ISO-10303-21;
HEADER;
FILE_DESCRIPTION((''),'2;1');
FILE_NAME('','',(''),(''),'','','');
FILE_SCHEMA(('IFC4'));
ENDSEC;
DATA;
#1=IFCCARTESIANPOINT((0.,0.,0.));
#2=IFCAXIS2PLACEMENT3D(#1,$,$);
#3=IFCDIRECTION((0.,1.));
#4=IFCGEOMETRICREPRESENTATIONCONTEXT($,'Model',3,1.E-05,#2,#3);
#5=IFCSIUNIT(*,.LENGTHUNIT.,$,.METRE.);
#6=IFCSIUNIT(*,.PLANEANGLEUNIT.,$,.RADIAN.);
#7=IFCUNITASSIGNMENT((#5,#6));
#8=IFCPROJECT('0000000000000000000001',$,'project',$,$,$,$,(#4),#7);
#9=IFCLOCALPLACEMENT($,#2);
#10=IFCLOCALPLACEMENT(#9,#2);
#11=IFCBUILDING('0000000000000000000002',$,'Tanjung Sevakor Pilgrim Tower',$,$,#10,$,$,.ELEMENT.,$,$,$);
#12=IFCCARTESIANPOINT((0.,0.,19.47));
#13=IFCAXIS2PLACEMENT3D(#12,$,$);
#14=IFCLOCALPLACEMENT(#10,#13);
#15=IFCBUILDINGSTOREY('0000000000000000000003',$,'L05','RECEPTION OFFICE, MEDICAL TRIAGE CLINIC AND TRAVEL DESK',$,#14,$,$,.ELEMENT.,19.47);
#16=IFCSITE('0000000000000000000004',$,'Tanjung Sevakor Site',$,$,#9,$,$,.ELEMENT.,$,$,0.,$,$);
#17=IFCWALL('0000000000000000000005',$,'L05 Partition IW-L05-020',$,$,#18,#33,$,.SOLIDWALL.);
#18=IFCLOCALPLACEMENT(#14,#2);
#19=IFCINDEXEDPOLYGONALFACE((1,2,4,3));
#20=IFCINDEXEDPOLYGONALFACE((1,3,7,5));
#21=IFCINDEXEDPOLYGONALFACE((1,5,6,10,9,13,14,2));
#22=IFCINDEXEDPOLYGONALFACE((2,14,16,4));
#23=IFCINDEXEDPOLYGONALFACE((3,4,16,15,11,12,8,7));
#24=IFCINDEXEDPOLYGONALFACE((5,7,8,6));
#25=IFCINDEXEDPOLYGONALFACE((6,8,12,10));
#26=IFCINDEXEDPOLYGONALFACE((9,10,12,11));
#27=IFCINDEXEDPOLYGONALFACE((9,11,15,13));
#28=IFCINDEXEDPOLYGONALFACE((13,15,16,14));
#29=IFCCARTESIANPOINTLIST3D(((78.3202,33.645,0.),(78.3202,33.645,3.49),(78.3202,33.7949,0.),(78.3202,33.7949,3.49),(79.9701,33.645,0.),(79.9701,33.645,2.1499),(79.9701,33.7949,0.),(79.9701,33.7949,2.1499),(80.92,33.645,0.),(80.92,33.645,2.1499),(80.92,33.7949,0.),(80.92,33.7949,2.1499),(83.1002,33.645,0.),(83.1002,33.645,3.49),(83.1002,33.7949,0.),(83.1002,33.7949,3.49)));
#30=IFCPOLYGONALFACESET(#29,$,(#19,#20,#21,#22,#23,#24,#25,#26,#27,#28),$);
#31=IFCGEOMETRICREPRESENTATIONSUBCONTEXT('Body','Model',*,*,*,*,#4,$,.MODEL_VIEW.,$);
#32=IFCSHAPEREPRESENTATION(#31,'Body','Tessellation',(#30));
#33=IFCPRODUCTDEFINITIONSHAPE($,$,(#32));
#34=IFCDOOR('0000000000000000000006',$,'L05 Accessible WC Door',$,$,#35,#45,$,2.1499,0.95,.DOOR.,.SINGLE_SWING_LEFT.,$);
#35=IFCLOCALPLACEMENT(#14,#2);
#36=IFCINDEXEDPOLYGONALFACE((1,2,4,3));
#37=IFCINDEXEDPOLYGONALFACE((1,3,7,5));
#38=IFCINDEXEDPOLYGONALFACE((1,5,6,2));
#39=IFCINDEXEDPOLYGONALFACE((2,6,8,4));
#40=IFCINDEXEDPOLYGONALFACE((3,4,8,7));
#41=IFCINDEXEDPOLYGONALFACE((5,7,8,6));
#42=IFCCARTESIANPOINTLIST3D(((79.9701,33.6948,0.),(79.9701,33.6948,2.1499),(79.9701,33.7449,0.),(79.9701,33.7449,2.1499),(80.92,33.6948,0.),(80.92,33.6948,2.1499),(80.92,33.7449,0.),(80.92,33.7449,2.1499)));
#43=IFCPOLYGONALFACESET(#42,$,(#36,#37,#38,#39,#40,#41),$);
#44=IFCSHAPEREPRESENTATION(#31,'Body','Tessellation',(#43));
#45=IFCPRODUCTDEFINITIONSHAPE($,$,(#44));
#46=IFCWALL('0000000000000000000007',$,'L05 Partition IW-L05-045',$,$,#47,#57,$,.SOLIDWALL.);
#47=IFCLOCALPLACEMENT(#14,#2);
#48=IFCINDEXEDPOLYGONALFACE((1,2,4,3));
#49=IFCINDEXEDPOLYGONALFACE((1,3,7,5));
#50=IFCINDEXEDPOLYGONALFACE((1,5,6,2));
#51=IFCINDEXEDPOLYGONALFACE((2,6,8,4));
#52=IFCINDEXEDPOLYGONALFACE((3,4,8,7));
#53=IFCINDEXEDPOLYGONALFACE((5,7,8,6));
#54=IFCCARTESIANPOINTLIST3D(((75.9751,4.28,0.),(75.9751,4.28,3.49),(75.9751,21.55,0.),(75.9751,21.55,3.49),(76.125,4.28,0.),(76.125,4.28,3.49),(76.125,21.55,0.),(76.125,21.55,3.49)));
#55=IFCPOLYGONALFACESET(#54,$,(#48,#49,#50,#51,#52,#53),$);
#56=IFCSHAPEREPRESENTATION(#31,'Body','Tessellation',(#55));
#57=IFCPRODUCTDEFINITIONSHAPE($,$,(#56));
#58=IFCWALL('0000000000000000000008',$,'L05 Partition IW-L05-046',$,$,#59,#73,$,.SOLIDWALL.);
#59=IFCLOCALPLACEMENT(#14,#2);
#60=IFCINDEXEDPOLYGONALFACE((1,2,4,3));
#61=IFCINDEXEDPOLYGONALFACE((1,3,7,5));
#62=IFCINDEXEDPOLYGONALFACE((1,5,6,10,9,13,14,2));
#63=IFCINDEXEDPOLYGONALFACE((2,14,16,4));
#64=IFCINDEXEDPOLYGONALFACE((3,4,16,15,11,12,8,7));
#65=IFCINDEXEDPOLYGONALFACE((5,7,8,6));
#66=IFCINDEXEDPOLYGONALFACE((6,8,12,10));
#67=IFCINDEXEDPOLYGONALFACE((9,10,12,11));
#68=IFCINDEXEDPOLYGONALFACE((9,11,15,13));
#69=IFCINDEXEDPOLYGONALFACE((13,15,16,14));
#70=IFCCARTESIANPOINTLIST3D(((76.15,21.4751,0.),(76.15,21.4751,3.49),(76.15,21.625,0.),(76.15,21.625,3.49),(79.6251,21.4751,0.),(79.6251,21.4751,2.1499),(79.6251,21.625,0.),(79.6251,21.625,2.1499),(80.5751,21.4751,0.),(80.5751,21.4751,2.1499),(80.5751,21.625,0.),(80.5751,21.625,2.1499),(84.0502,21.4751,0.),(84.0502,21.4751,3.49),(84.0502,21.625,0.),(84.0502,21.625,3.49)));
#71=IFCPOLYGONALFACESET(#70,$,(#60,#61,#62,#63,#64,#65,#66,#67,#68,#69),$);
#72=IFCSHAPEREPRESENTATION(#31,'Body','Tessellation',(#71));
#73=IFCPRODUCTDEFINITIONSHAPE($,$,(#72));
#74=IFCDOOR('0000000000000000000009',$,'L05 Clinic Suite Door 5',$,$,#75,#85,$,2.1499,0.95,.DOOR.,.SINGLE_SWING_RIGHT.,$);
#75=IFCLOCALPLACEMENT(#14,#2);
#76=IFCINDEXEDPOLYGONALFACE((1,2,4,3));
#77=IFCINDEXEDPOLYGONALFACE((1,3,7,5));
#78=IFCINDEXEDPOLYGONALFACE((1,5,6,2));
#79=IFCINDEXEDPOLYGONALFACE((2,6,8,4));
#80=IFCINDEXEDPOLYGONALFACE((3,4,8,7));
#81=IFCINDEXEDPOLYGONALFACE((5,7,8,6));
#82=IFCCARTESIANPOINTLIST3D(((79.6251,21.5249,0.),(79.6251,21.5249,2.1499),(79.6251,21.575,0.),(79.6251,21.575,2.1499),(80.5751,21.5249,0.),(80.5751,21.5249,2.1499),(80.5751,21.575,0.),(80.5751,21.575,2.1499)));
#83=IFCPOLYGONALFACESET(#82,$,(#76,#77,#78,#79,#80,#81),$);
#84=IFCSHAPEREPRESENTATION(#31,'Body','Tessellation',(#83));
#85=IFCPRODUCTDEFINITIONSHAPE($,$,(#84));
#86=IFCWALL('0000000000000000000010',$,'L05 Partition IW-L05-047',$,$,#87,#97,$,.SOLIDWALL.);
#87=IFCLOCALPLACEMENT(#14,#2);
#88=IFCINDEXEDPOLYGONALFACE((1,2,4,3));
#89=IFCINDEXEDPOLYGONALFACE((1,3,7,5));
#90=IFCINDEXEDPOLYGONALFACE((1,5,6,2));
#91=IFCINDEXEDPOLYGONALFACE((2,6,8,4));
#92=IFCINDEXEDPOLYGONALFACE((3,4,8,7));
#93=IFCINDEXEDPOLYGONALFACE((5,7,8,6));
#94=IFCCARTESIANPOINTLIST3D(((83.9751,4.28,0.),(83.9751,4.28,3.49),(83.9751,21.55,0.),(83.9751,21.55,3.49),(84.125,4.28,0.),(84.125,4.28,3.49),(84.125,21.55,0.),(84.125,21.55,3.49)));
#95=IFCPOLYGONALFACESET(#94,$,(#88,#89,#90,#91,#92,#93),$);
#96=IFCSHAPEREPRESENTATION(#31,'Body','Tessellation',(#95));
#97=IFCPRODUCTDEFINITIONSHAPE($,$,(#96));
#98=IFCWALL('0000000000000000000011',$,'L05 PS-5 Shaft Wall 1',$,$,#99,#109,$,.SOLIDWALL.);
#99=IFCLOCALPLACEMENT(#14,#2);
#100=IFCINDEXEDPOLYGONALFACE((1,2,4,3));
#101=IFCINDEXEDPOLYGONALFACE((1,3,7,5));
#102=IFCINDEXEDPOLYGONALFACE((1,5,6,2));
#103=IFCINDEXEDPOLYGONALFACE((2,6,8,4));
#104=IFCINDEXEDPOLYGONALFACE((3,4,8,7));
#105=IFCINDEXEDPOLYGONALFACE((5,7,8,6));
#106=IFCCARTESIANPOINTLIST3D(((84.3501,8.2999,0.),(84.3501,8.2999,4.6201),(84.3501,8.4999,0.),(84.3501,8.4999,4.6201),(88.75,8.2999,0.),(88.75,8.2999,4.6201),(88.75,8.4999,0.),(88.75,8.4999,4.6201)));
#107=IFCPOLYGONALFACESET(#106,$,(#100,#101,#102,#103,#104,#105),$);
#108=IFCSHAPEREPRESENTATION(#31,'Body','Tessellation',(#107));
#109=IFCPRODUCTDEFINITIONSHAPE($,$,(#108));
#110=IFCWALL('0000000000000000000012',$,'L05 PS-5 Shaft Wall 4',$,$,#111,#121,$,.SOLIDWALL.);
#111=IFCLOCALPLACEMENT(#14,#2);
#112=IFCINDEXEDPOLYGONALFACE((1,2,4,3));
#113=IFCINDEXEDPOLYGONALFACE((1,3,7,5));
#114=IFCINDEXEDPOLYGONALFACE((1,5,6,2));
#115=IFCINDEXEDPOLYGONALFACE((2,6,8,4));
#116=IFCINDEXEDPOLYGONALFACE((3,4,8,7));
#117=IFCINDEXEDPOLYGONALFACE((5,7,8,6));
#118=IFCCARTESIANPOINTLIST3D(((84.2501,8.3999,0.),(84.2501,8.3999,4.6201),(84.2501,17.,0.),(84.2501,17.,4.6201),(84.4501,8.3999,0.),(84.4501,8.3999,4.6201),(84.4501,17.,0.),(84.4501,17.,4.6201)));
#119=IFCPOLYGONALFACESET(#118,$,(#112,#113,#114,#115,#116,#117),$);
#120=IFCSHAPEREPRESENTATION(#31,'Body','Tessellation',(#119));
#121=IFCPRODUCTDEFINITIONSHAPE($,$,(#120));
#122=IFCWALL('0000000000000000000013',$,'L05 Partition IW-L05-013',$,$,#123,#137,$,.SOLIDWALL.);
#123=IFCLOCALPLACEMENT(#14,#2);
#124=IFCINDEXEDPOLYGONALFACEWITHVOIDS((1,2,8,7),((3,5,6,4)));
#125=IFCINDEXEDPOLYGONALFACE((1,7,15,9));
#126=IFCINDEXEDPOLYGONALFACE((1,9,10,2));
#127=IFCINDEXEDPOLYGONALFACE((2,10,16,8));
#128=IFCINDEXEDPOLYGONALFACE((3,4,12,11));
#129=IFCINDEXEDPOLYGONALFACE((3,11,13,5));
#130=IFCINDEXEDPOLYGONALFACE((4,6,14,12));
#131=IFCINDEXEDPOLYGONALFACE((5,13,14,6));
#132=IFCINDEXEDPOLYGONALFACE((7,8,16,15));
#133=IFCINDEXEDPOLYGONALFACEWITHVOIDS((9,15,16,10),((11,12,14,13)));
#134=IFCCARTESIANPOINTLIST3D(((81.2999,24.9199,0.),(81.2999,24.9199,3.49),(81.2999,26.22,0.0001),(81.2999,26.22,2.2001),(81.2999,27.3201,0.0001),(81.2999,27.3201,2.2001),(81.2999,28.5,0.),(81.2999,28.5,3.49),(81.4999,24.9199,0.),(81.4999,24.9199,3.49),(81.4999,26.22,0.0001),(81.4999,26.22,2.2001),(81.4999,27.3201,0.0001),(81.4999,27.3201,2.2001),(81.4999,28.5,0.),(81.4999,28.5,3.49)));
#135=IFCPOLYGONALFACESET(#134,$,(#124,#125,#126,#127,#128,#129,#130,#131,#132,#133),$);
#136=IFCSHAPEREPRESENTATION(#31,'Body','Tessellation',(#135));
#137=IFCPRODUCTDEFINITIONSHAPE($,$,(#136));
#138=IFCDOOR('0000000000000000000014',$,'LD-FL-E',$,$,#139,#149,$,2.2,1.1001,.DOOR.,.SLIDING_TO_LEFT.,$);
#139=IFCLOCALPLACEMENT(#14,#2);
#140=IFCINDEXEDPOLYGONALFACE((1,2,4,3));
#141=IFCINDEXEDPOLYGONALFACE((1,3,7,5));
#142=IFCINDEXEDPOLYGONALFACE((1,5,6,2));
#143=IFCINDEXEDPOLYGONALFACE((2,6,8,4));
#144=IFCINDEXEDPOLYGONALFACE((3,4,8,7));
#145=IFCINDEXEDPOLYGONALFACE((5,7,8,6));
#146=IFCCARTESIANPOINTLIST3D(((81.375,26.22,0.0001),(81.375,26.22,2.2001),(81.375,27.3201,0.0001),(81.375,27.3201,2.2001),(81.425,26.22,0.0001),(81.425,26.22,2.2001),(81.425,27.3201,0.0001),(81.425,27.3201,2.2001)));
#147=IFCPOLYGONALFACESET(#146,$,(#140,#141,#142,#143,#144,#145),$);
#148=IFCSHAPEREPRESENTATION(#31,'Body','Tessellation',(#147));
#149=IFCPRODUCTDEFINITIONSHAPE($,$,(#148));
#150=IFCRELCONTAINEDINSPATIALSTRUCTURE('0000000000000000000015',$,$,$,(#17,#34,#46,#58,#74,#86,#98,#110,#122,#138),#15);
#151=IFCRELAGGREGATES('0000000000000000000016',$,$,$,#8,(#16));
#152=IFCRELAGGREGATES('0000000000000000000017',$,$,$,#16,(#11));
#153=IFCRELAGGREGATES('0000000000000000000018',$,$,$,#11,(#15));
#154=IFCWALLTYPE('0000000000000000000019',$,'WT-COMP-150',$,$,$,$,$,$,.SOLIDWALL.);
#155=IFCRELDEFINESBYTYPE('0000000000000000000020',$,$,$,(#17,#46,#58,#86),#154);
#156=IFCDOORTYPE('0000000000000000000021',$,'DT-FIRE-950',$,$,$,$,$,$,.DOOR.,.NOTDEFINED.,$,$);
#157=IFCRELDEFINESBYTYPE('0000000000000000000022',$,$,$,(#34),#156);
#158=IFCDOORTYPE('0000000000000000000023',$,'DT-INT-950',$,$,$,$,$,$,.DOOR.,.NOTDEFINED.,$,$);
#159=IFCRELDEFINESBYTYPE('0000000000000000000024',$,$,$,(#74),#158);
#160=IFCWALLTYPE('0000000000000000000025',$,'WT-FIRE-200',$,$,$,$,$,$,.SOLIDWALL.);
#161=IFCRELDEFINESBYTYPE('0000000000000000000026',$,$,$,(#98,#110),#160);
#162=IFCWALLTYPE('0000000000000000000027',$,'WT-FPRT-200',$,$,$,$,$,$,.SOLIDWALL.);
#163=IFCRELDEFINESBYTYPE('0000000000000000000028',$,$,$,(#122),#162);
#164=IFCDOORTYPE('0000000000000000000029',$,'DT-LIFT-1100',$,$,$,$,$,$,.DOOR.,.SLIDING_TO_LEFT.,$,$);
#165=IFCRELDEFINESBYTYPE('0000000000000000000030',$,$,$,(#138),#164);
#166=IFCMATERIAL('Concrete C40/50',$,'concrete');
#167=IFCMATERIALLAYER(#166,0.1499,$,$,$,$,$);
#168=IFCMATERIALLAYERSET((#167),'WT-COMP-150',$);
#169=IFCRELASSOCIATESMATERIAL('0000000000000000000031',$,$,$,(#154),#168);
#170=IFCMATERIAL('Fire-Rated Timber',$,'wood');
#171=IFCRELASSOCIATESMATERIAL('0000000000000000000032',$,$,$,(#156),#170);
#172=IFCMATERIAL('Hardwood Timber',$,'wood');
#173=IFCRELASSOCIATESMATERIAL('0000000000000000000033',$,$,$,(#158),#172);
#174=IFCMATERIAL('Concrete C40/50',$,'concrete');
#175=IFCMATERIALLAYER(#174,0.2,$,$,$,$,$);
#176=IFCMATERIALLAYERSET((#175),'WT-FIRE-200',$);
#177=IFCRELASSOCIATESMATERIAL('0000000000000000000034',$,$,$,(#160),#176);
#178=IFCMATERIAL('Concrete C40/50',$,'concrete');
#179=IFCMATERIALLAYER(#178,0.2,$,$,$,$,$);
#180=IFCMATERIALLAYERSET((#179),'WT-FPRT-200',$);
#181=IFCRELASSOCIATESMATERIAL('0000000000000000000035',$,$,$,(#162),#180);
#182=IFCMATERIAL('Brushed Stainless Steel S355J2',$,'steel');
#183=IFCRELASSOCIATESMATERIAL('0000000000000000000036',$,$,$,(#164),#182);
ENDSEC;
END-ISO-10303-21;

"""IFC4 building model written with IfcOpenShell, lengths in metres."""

from ifc_helpers import new_model, si_unit, direction, frame, frame_2d, origin, place, context, subcontext, project, spatial, rectangle, extrude, material, layer, layer_set, type_object, element, fill, save


model = new_model("IFC4")

# Units and contexts
model_context = context("Model", 3, precision=1e-05, world=origin(), true_north=direction((0.0, 1.0)))
body_context = subcontext(model_context, "Body", "Model", "MODEL_VIEW")
ifc_project = project(units=[si_unit("LENGTHUNIT", "METRE"), si_unit("PLANEANGLEUNIT", "RADIAN")], contexts=[model_context])

# Site, building, storey
site_placement = place(None, origin())
site = spatial("IfcSite", under=ifc_project, at=site_placement, Name="Tanjung Sevakor Site", CompositionType="ELEMENT", RefElevation=0.0)
building_placement = place(site_placement, origin())
building = spatial("IfcBuilding", under=site, at=building_placement, Name="Tanjung Sevakor Pilgrim Tower", CompositionType="ELEMENT")
storey_placement = place(building_placement, frame((0.0, 0.0, 19.47)))
storey = spatial("IfcBuildingStorey", under=building, at=storey_placement, Name="L05", Description="RECEPTION OFFICE, MEDICAL TRIAGE CLINIC AND TRAVEL DESK", CompositionType="ELEMENT", Elevation=19.47)

# Shared definitions
ifc_material_1 = material(Name="Concrete C40/50", Category="concrete")
ifc_layer_1 = layer(ifc_material_1, 0.1499)
ifc_layer_set_1 = layer_set([ifc_layer_1], Name="WT-COMP-150")
wall_type_1 = type_object("IfcWallType", Name="WT-COMP-150", PredefinedType="SOLIDWALL", material=ifc_layer_set_1)

# Wall, opening, door
wall_1_placement = place(storey_placement, frame((78.3201, 33.72, 0.0), z_axis=(0.0, 0.0, 1.0), x_axis=(1.0, 0.0, 0.0)))
wall_1 = element("IfcWall", 1, at=wall_1_placement, inside=storey, type_object=wall_type_1, Name="L05 Partition IW-L05-020", PredefinedType="SOLIDWALL", context=body_context, shape_type="SweptSolid", body=[
    extrude(rectangle(XDim=4.78, YDim=0.1499, at=frame_2d((2.3901, 0.0))), origin(), (0.0, 0.0, 1.0), 3.49),
])
opening_1_placement = place(wall_1_placement, frame((1.6499, 0.0, 0.0)))
opening_1 = element("IfcOpeningElement", 2, at=opening_1_placement, cuts=wall_1, PredefinedType="OPENING", context=body_context, shape_type="SweptSolid", body=[
    extrude(rectangle(XDim=0.95, YDim=2.1499, at=frame_2d((0.4751, 1.075))), frame((0.0, 0.085, 0.0), z_axis=(0.0, -1.0, 0.0), x_axis=(1.0, 0.0, 0.0)), (0.0, 0.0, 1.0), 0.1699),
])
ifc_material_2 = material(Name="Fire-Rated Timber", Category="wood")
door_type_1 = type_object("IfcDoorType", Name="DT-FIRE-950", OperationType="NOTDEFINED", PredefinedType="DOOR", material=ifc_material_2)
door_1_placement = place(opening_1_placement, origin())
door_1 = element("IfcDoor", 3, at=door_1_placement, inside=storey, type_object=door_type_1, Name="L05 Accessible WC Door", OperationType="SINGLE_SWING_LEFT", OverallHeight=2.1499, OverallWidth=0.95, PredefinedType="DOOR", context=body_context, shape_type="SweptSolid", body=[
    extrude(rectangle(XDim=0.95, YDim=2.1499, at=frame_2d((0.4751, 1.075))), frame((0.0, 0.0249, 0.0), z_axis=(0.0, -1.0, 0.0), x_axis=(1.0, 0.0, 0.0)), (0.0, 0.0, 1.0), 0.05),
])
fill(opening_1, door_1)

# Wall
wall_2_placement = place(storey_placement, frame((76.05, 4.28, 0.0), z_axis=(0.0, 0.0, 1.0), x_axis=(0.0, 1.0, 0.0)))
element("IfcWall", 4, at=wall_2_placement, inside=storey, type_object=wall_type_1, Name="L05 Partition IW-L05-045", PredefinedType="SOLIDWALL", context=body_context, shape_type="SweptSolid", body=[
    extrude(rectangle(XDim=17.27, YDim=0.1499, at=frame_2d((8.635, 0.0))), origin(), (0.0, 0.0, 1.0), 3.49),
])

# Wall, opening, door
wall_3_placement = place(storey_placement, frame((76.1499, 21.55, 0.0), z_axis=(0.0, 0.0, 1.0), x_axis=(1.0, 0.0, 0.0)))
wall_3 = element("IfcWall", 5, at=wall_3_placement, inside=storey, type_object=wall_type_1, Name="L05 Partition IW-L05-046", PredefinedType="SOLIDWALL", context=body_context, shape_type="SweptSolid", body=[
    extrude(rectangle(XDim=7.9001, YDim=0.1499, at=frame_2d((3.9502, 0.0))), origin(), (0.0, 0.0, 1.0), 3.49),
])
opening_2_placement = place(wall_3_placement, frame((3.4751, 0.0, 0.0)))
opening_2 = element("IfcOpeningElement", 6, at=opening_2_placement, cuts=wall_3, PredefinedType="OPENING", context=body_context, shape_type="SweptSolid", body=[
    extrude(rectangle(XDim=0.95, YDim=2.1499, at=frame_2d((0.4751, 1.075))), frame((0.0, 0.085, 0.0), z_axis=(0.0, -1.0, 0.0), x_axis=(1.0, 0.0, 0.0)), (0.0, 0.0, 1.0), 0.1699),
])
ifc_material_3 = material(Name="Hardwood Timber", Category="wood")
door_type_2 = type_object("IfcDoorType", Name="DT-INT-950", OperationType="NOTDEFINED", PredefinedType="DOOR", material=ifc_material_3)
door_2_placement = place(opening_2_placement, origin())
door_2 = element("IfcDoor", 7, at=door_2_placement, inside=storey, type_object=door_type_2, Name="L05 Clinic Suite Door 5", OperationType="SINGLE_SWING_RIGHT", OverallHeight=2.1499, OverallWidth=0.95, PredefinedType="DOOR", context=body_context, shape_type="SweptSolid", body=[
    extrude(rectangle(XDim=0.95, YDim=2.1499, at=frame_2d((0.4751, 1.075))), frame((0.0, 0.0249, 0.0), z_axis=(0.0, -1.0, 0.0), x_axis=(1.0, 0.0, 0.0)), (0.0, 0.0, 1.0), 0.05),
])
fill(opening_2, door_2)

# Walls
wall_4_placement = place(storey_placement, frame((84.05, 4.28, 0.0), z_axis=(0.0, 0.0, 1.0), x_axis=(0.0, 1.0, 0.0)))
element("IfcWall", 8, at=wall_4_placement, inside=storey, type_object=wall_type_1, Name="L05 Partition IW-L05-047", PredefinedType="SOLIDWALL", context=body_context, shape_type="SweptSolid", body=[
    extrude(rectangle(XDim=17.27, YDim=0.1499, at=frame_2d((8.635, 0.0))), origin(), (0.0, 0.0, 1.0), 3.49),
])
ifc_material_4 = material(Name="Concrete C40/50", Category="concrete")
ifc_layer_2 = layer(ifc_material_4, 0.2)
ifc_layer_set_2 = layer_set([ifc_layer_2], Name="WT-FIRE-200")
wall_type_2 = type_object("IfcWallType", Name="WT-FIRE-200", PredefinedType="SOLIDWALL", material=ifc_layer_set_2)
wall_5_placement = place(storey_placement, frame((84.3501, 8.3999, 0.0), z_axis=(0.0, 0.0, 1.0), x_axis=(1.0, 0.0, 0.0)))
element("IfcWall", 9, at=wall_5_placement, inside=storey, type_object=wall_type_2, Name="L05 PS-5 Shaft Wall 1", PredefinedType="SOLIDWALL", context=body_context, shape_type="SweptSolid", body=[
    extrude(rectangle(XDim=4.3999, YDim=0.2, at=frame_2d((2.2, 0.0))), origin(), (0.0, 0.0, 1.0), 4.6201),
])
wall_6_placement = place(storey_placement, frame((84.3501, 17.0, 0.0), z_axis=(0.0, 0.0, 1.0), x_axis=(0.0, -1.0, 0.0)))
element("IfcWall", 10, at=wall_6_placement, inside=storey, type_object=wall_type_2, Name="L05 PS-5 Shaft Wall 4", PredefinedType="SOLIDWALL", context=body_context, shape_type="SweptSolid", body=[
    extrude(rectangle(XDim=8.6001, YDim=0.2, at=frame_2d((4.3, 0.0))), origin(), (0.0, 0.0, 1.0), 4.6201),
])

# Wall, opening, door
ifc_material_5 = material(Name="Concrete C40/50", Category="concrete")
ifc_layer_3 = layer(ifc_material_5, 0.2)
ifc_layer_set_3 = layer_set([ifc_layer_3], Name="WT-FPRT-200")
wall_type_3 = type_object("IfcWallType", Name="WT-FPRT-200", PredefinedType="SOLIDWALL", material=ifc_layer_set_3)
wall_7_placement = place(storey_placement, frame((81.3999, 24.9199, 0.0), z_axis=(0.0, 0.0, 1.0), x_axis=(0.0, 1.0, 0.0)))
wall_7 = element("IfcWall", 11, at=wall_7_placement, inside=storey, type_object=wall_type_3, Name="L05 Partition IW-L05-013", PredefinedType="SOLIDWALL", context=body_context, shape_type="SweptSolid", body=[
    extrude(rectangle(XDim=3.5801, YDim=0.2, at=frame_2d((1.79, 0.0))), origin(), (0.0, 0.0, 1.0), 3.49),
])
opening_3_placement = place(wall_7_placement, frame((1.3, 0.0, 0.0)))
opening_3 = element("IfcOpeningElement", 12, at=opening_3_placement, cuts=wall_7, PredefinedType="OPENING", context=body_context, shape_type="SweptSolid", body=[
    extrude(rectangle(XDim=1.1001, YDim=2.2, at=frame_2d((0.55, 1.1001))), frame((0.0, 0.1099, 0.0), z_axis=(0.0, -1.0, 0.0), x_axis=(1.0, 0.0, 0.0)), (0.0, 0.0, 1.0), 0.22),
])
ifc_material_6 = material(Name="Brushed Stainless Steel S355J2", Category="steel")
door_type_3 = type_object("IfcDoorType", Name="DT-LIFT-1100", OperationType="SLIDING_TO_LEFT", PredefinedType="DOOR", material=ifc_material_6)
door_3_placement = place(opening_3_placement, origin())
door_3 = element("IfcDoor", 13, at=door_3_placement, inside=storey, type_object=door_type_3, Name="LD-FL-E", OperationType="SLIDING_TO_LEFT", OverallHeight=2.2, OverallWidth=1.1001, PredefinedType="DOOR", context=body_context, shape_type="SweptSolid", body=[
    extrude(rectangle(XDim=1.1001, YDim=2.2, at=frame_2d((0.55, 1.1001))), frame((0.0, 0.0249, 0.0), z_axis=(0.0, -1.0, 0.0), x_axis=(1.0, 0.0, 0.0)), (0.0, 0.0, 1.0), 0.05),
])
fill(opening_3, door_3)

save(model, "model.ifc")
